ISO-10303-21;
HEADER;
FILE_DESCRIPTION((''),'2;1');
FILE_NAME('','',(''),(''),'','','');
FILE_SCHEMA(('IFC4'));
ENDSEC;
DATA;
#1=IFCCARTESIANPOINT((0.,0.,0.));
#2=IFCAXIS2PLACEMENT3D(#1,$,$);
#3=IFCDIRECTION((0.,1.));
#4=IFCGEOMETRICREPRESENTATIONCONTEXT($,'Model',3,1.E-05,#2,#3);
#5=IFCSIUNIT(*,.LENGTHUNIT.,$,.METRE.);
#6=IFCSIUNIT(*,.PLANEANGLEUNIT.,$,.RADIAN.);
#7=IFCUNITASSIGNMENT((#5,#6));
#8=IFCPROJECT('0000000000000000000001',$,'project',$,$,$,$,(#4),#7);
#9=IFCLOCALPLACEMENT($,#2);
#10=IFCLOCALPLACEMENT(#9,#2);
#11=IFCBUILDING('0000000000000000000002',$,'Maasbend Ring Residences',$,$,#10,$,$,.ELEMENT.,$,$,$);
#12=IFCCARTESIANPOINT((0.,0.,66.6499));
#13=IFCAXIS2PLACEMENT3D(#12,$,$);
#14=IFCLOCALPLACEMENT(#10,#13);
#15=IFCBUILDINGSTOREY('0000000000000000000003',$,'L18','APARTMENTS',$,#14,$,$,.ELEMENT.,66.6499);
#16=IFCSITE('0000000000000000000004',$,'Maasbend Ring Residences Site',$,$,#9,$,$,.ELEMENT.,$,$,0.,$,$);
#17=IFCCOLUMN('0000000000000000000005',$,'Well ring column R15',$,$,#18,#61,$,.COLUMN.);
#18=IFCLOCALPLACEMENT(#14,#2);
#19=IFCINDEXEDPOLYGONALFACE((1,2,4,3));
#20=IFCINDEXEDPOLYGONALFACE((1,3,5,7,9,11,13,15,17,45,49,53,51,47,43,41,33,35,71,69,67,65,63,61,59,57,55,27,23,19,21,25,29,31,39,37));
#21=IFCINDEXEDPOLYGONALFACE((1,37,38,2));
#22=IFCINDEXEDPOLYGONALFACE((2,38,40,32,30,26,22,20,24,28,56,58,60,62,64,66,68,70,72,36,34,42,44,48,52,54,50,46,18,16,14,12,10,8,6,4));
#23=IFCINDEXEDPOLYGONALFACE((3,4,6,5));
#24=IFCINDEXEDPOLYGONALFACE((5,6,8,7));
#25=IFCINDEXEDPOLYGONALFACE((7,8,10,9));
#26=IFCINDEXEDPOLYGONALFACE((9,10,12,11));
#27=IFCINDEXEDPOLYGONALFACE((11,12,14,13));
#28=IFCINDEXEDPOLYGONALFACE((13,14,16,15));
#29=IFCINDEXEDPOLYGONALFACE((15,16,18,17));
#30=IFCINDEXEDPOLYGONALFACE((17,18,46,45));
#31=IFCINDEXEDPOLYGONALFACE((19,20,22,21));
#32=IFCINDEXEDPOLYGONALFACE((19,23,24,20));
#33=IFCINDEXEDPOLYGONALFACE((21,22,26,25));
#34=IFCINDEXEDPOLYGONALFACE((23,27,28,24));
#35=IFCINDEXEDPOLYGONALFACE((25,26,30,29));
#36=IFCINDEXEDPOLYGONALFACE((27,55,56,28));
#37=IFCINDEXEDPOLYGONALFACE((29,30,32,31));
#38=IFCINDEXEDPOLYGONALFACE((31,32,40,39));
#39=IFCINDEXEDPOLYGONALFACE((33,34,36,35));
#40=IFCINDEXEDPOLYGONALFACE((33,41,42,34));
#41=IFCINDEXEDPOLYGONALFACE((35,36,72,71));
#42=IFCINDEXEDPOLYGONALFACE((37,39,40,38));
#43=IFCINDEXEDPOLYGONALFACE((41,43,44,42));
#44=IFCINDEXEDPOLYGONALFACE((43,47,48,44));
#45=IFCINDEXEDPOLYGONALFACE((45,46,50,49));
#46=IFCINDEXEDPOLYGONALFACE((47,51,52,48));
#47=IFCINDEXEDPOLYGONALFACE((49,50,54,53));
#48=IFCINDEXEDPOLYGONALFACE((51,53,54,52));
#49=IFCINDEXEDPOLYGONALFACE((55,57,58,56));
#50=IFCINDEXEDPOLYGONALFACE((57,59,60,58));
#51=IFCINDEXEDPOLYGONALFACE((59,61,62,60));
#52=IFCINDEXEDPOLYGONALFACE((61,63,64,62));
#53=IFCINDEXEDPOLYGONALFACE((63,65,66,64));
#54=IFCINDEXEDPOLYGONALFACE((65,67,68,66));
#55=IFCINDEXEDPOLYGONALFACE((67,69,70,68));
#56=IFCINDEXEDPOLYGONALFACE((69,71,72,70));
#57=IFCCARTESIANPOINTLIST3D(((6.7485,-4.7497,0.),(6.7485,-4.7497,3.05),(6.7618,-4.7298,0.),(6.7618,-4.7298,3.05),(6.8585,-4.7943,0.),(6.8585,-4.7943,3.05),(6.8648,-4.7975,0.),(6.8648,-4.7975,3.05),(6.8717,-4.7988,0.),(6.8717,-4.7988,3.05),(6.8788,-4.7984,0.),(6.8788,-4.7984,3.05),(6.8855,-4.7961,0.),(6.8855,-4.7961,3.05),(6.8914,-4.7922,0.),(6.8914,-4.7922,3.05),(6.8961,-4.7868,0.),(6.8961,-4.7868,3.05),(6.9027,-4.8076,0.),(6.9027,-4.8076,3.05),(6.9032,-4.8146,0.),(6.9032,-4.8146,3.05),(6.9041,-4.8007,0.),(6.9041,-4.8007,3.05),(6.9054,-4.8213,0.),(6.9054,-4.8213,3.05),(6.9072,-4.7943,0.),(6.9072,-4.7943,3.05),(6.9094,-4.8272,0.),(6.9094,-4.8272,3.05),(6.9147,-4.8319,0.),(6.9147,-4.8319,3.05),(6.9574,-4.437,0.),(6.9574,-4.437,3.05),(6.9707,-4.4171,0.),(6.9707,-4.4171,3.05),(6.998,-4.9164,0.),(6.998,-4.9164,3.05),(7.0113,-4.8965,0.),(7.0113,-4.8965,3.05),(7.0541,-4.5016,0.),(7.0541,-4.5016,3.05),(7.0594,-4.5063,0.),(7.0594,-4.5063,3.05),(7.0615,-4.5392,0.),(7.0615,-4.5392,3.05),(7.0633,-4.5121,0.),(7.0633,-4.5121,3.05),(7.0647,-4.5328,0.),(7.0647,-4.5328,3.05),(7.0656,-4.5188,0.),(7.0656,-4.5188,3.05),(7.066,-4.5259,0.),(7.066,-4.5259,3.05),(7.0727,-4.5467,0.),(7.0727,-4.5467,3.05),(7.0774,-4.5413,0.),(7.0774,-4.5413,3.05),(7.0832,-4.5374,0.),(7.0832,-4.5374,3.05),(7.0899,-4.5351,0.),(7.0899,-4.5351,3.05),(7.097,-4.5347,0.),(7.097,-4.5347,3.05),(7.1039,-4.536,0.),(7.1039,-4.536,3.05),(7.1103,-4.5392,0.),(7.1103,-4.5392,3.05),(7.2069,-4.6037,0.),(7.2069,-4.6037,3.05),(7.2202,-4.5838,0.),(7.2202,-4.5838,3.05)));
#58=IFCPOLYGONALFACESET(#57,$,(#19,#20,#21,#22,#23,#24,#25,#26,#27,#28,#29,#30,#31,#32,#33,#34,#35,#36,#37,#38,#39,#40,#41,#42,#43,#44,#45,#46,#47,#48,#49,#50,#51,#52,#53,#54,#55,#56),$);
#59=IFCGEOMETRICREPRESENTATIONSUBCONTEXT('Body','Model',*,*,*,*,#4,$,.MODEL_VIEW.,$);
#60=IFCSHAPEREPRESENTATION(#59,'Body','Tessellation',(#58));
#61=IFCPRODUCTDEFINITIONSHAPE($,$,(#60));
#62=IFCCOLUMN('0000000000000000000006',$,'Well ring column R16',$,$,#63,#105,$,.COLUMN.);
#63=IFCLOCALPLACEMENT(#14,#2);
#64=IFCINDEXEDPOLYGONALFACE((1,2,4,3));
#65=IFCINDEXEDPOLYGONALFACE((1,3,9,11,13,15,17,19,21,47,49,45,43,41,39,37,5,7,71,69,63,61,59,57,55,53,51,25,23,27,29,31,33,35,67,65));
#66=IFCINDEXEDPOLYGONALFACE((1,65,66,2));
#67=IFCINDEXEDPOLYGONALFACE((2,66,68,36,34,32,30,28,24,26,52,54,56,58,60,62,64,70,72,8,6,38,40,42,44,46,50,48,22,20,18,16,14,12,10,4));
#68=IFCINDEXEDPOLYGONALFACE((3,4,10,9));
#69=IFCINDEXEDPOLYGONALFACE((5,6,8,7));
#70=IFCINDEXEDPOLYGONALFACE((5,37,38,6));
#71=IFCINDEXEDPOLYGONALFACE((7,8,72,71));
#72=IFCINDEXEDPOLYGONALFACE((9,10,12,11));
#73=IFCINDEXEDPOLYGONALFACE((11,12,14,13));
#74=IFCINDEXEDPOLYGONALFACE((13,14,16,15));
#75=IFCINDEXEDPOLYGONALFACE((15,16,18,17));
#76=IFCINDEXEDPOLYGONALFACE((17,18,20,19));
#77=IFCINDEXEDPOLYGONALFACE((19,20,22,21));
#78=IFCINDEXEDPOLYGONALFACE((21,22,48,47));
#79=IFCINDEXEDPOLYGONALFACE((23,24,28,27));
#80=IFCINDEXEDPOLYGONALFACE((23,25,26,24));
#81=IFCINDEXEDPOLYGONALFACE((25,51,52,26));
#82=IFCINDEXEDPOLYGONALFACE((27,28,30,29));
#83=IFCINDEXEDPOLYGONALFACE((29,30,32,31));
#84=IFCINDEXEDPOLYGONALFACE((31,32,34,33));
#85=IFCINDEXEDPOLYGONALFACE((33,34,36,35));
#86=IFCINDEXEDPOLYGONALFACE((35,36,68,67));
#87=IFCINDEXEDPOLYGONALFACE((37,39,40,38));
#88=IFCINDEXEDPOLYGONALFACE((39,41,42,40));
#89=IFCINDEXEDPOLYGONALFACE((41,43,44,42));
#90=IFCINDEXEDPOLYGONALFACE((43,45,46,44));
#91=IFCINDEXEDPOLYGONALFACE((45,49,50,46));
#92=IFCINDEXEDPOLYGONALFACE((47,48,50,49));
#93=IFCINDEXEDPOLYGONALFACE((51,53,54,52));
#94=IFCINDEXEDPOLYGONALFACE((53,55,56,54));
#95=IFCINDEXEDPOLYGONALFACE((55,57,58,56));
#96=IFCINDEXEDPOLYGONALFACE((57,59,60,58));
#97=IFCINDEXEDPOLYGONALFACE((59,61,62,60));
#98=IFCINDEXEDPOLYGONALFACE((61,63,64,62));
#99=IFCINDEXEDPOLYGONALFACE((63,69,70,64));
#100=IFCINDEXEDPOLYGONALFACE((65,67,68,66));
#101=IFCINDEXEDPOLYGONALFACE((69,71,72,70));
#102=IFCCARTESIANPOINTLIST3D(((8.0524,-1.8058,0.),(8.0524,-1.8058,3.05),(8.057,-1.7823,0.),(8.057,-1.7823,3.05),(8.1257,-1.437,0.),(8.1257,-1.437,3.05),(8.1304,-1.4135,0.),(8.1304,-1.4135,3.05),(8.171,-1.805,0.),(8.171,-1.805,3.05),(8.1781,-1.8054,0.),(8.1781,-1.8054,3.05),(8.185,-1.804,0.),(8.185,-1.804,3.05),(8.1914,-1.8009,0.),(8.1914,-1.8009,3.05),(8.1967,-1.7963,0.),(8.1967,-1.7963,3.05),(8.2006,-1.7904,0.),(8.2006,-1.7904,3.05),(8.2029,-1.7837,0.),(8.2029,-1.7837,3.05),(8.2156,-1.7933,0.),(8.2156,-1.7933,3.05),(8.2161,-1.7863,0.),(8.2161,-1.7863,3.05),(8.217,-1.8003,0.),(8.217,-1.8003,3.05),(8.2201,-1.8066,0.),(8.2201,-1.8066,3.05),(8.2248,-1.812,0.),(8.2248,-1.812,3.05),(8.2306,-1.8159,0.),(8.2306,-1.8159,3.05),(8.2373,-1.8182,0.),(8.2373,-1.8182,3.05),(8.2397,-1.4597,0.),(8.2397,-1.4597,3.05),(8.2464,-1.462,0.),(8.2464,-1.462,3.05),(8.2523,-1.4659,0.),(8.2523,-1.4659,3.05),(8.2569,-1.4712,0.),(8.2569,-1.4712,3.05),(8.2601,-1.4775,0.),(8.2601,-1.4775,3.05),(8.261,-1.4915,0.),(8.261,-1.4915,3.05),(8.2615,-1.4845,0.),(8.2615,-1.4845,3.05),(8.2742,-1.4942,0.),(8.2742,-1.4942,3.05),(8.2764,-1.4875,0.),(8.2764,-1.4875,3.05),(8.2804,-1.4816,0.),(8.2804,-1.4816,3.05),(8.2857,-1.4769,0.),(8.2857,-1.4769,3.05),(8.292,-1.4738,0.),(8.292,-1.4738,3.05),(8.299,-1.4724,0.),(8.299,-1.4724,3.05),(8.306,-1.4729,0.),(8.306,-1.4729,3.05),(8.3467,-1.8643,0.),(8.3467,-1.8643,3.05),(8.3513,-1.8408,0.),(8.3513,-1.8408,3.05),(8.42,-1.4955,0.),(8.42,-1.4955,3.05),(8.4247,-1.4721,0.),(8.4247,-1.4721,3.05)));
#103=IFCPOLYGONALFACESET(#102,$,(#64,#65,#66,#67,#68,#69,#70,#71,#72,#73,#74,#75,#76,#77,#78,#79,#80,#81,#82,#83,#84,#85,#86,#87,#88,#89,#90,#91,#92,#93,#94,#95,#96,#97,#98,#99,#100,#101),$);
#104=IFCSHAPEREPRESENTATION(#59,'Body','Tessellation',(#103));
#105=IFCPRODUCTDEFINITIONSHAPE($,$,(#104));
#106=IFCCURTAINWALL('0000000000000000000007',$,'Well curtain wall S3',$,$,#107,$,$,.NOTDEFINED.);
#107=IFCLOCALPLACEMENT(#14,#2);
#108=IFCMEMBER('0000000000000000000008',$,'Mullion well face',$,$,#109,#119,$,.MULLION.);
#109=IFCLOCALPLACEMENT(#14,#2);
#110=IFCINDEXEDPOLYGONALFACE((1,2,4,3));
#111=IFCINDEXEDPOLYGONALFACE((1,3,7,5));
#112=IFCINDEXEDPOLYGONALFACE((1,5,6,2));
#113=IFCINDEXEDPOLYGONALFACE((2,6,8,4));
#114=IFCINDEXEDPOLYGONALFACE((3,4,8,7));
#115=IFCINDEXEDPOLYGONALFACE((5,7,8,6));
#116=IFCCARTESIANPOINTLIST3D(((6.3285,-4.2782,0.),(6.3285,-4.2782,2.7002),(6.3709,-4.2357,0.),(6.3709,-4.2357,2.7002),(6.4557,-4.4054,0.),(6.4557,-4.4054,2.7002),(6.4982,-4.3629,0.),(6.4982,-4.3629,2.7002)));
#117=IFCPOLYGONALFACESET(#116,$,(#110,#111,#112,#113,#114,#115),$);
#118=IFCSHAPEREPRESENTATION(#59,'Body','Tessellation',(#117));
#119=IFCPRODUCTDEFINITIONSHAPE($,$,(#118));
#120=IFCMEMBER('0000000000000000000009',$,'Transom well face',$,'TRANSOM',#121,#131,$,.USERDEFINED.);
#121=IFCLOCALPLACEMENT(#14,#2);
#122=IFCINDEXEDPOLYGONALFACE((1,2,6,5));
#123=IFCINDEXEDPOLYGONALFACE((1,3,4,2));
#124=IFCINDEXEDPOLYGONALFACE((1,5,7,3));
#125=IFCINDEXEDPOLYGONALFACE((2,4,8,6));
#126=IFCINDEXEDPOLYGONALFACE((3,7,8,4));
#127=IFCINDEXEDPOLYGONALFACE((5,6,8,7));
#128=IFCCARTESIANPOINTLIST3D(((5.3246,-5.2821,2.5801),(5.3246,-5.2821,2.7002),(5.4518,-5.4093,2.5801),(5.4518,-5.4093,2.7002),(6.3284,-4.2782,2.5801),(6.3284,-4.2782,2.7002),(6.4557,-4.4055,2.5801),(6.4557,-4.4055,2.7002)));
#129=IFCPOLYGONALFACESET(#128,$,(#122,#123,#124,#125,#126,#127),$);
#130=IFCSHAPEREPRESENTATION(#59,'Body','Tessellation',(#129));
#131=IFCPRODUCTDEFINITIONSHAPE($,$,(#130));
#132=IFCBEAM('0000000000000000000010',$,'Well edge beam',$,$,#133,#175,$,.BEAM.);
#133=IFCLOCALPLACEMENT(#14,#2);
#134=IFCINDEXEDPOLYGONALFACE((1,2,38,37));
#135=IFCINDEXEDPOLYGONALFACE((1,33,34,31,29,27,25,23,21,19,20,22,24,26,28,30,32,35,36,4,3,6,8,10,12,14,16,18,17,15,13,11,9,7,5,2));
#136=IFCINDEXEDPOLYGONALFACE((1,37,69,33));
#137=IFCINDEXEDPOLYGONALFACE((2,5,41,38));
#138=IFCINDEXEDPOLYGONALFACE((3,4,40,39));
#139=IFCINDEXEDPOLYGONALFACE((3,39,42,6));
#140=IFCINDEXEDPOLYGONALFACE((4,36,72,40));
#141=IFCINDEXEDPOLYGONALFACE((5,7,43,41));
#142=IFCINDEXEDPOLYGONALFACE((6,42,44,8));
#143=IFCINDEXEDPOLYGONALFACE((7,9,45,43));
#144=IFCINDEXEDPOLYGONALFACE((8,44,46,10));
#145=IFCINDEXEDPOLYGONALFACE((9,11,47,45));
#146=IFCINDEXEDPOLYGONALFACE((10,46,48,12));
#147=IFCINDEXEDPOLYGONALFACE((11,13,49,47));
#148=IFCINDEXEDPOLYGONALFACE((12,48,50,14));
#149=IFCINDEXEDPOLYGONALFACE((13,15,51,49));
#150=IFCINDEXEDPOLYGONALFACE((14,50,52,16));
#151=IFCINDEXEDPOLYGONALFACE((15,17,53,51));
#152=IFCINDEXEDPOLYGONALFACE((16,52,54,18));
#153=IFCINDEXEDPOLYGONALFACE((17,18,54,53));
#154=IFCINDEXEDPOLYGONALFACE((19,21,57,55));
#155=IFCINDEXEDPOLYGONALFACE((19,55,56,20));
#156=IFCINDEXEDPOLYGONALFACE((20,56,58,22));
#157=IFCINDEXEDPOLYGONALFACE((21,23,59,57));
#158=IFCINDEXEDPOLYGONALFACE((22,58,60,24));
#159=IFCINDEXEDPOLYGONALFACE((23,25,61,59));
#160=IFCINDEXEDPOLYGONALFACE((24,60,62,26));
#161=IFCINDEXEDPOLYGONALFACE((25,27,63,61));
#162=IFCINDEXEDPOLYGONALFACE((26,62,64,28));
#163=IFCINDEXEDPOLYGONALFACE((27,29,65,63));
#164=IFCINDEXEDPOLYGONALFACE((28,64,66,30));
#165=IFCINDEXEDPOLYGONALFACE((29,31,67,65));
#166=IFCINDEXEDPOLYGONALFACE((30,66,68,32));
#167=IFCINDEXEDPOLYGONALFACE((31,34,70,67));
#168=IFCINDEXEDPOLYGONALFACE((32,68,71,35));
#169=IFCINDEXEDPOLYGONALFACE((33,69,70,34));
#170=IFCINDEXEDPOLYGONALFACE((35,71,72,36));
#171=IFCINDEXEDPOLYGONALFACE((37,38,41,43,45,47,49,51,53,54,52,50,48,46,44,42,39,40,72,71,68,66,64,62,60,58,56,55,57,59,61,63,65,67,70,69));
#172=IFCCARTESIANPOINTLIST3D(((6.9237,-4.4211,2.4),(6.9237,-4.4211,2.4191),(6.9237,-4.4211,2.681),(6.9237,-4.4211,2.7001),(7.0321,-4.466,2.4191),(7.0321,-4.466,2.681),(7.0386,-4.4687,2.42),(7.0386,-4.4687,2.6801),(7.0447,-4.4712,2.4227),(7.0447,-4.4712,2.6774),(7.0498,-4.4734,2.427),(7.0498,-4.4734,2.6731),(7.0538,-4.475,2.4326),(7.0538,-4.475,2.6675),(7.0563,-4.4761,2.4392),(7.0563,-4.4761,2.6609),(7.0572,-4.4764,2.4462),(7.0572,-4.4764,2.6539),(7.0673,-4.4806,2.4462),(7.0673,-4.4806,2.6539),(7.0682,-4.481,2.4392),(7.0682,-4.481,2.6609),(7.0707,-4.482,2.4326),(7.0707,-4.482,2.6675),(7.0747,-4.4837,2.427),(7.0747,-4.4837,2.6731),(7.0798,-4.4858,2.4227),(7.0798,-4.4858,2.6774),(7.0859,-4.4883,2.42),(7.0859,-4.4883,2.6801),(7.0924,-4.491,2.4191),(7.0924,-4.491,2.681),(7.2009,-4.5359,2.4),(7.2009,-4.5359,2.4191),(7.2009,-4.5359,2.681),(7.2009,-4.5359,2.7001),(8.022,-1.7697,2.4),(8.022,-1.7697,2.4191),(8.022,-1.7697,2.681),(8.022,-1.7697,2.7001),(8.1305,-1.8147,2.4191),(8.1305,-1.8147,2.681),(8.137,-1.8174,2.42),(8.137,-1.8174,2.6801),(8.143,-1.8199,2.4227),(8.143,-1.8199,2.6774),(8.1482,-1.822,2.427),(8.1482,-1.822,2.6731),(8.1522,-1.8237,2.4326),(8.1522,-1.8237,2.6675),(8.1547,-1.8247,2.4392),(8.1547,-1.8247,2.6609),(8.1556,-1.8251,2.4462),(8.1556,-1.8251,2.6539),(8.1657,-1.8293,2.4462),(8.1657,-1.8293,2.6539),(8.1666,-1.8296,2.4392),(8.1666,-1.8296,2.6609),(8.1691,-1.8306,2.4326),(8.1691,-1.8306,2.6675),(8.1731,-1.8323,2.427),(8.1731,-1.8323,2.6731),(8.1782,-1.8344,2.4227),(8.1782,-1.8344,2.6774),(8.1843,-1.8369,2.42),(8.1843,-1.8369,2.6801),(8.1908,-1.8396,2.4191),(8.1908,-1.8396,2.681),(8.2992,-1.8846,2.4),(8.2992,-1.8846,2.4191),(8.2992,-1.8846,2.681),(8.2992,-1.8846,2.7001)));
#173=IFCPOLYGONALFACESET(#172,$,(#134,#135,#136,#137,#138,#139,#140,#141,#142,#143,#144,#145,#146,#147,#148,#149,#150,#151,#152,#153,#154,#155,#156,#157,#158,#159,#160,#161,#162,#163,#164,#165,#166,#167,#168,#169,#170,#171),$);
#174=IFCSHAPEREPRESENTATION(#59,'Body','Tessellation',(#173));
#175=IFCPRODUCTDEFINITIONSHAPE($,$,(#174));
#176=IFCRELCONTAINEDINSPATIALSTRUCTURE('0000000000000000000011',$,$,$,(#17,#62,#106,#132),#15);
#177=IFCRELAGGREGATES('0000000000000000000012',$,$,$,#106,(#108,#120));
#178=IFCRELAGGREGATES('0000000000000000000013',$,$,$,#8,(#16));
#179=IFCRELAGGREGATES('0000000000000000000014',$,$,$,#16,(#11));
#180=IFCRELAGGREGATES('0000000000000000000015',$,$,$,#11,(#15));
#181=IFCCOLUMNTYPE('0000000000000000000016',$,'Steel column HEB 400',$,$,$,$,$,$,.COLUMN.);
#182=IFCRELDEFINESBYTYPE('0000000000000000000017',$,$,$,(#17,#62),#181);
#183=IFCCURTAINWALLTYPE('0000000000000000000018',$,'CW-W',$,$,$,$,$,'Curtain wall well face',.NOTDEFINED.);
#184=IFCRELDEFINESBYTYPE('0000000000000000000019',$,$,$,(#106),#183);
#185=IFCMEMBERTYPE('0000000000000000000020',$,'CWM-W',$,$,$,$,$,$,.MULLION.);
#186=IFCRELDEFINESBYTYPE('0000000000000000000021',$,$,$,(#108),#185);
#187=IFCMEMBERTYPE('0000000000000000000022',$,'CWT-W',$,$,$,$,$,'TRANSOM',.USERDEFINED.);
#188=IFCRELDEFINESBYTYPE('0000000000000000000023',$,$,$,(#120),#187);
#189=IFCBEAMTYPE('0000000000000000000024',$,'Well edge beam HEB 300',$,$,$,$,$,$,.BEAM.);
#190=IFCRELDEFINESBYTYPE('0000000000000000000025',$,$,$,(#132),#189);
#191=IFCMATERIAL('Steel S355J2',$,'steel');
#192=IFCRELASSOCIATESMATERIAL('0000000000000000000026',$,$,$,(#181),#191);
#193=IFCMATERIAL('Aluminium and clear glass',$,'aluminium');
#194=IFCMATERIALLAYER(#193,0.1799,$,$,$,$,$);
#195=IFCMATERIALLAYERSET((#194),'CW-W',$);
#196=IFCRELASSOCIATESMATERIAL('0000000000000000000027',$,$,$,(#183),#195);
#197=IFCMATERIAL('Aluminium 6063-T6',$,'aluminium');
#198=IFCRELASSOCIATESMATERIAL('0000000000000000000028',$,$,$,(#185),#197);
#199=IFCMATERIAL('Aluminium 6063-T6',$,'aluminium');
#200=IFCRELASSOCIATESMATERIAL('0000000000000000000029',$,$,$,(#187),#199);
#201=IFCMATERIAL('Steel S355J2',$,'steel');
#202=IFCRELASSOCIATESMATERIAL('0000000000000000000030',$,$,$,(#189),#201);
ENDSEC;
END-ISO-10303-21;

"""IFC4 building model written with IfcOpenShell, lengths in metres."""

from ifc_helpers import new_model, si_unit, direction, frame, origin, origin_2d, place, context, subcontext, project, spatial, rectangle, i_section, extrude, material, layer, layer_set, material_profile, profile_set, type_object, element, aggregate, save


model = new_model("IFC4")

# Units and contexts
model_context = context("Model", 3, precision=1e-05, world=origin(), true_north=direction((0.0, 1.0)))
body_context = subcontext(model_context, "Body", "Model", "MODEL_VIEW")
ifc_project = project(units=[si_unit("LENGTHUNIT", "METRE"), si_unit("PLANEANGLEUNIT", "RADIAN")], contexts=[model_context])

# Site, building, storey
site_placement = place(None, origin())
site = spatial("IfcSite", under=ifc_project, at=site_placement, Name="Maasbend Ring Residences Site", CompositionType="ELEMENT", RefElevation=0.0)
building_placement = place(site_placement, origin())
building = spatial("IfcBuilding", under=site, at=building_placement, Name="Maasbend Ring Residences", CompositionType="ELEMENT")
storey_placement = place(building_placement, frame((0.0, 0.0, 66.6499)))
storey = spatial("IfcBuildingStorey", under=building, at=storey_placement, Name="L18", Description="APARTMENTS", CompositionType="ELEMENT", Elevation=66.6499)

# Columns
ifc_material_1 = material(Name="Steel S355J2", Category="steel")
ifc_material_profile_1 = material_profile(ifc_material_1, i_section(OverallWidth=0.3, OverallDepth=0.3999, WebThickness=0.0134, FlangeThickness=0.0239, FilletRadius=0.0271, at=origin_2d()), Name="HEB 400")
ifc_profile_set_1 = profile_set([ifc_material_profile_1], Name="Steel S355J2")
column_type = type_object("IfcColumnType", Name="Steel column HEB 400", PredefinedType="COLUMN", material=ifc_profile_set_1)
for number, where, z_axis, x_axis, name in (
    (1, (6.9844, -4.6667, 0.0), (0.0, 0.0, 1.0), (0.83147, -0.55557, 0.0), "Well ring column R15"),
    (2, (8.2385, -1.6389, 0.0), (0.0, 0.0, 1.0), (0.980785, -0.19509, 0.0), "Well ring column R16"),
):
    element("IfcColumn", number, at=place(storey_placement, frame(where, z_axis=z_axis, x_axis=x_axis)), inside=storey, type_object=column_type, Name=name, PredefinedType="COLUMN", context=body_context, shape_type="SweptSolid", body=[
        extrude(i_section(OverallWidth=0.3, OverallDepth=0.3999, WebThickness=0.0134, FlangeThickness=0.0239, FilletRadius=0.0271, at=origin_2d()), origin(), (0.0, 0.0, 1.0), 3.05),
    ])

# Curtain wall, members
ifc_material_2 = material(Name="Aluminium and clear glass", Category="aluminium")
ifc_layer_1 = layer(ifc_material_2, 0.1799)
ifc_layer_set_1 = layer_set([ifc_layer_1], Name="CW-W")
curtain_wall_type = type_object("IfcCurtainWallType", Name="CW-W", ElementType="Curtain wall well face", PredefinedType="NOTDEFINED", material=ifc_layer_set_1)
curtain_wall_placement = place(storey_placement, origin())
curtain_wall = element("IfcCurtainWall", 3, at=curtain_wall_placement, inside=storey, type_object=curtain_wall_type, Name="Well curtain wall S3", PredefinedType="NOTDEFINED")
ifc_material_3 = material(Name="Aluminium 6063-T6", Category="aluminium")
ifc_material_profile_2 = material_profile(ifc_material_3, rectangle(XDim=0.1799, YDim=0.0601, at=origin_2d()), Name="AL 180x60")
ifc_profile_set_2 = profile_set([ifc_material_profile_2], Name="Aluminium 6063-T6")
member_type_1 = type_object("IfcMemberType", Name="CWM-W", PredefinedType="MULLION", material=ifc_profile_set_2)
member_1_placement = place(storey_placement, frame((6.4133, -4.3206, 0.0), z_axis=(0.0, 0.0, 1.0), x_axis=(-0.707107, 0.707107, 0.0)))
member_1 = element("IfcMember", 4, at=member_1_placement, type_object=member_type_1, Name="Mullion well face", PredefinedType="MULLION", context=body_context, shape_type="SweptSolid", body=[
    extrude(rectangle(XDim=0.1799, YDim=0.0601, at=origin_2d()), origin(), (0.0, 0.0, 1.0), 2.7002),
])
ifc_material_4 = material(Name="Aluminium 6063-T6", Category="aluminium")
ifc_material_profile_3 = material_profile(ifc_material_4, rectangle(XDim=0.1799, YDim=0.1201, at=origin_2d()), Name="AL 180x120")
ifc_profile_set_3 = profile_set([ifc_material_profile_3], Name="Aluminium 6063-T6")
member_type_2 = type_object("IfcMemberType", Name="CWT-W", ElementType="TRANSOM", PredefinedType="USERDEFINED", material=ifc_profile_set_3)
member_2_placement = place(storey_placement, frame((5.3882, -5.3457, 2.6401), z_axis=(0.707107, 0.707107, 0.0), x_axis=(-0.707107, 0.707107, 0.0)))
member_2 = element("IfcMember", 5, at=member_2_placement, type_object=member_type_2, Name="Transom well face", ObjectType="TRANSOM", PredefinedType="USERDEFINED", context=body_context, shape_type="SweptSolid", body=[
    extrude(rectangle(XDim=0.1799, YDim=0.1201, at=origin_2d()), origin(), (0.0, 0.0, 1.0), 1.4197),
])

# Beam
ifc_material_5 = material(Name="Steel S355J2", Category="steel")
ifc_material_profile_4 = material_profile(ifc_material_5, i_section(OverallWidth=0.3, OverallDepth=0.3, WebThickness=0.011, FlangeThickness=0.019, FilletRadius=0.0271, at=origin_2d()), Name="HEB 300")
ifc_profile_set_4 = profile_set([ifc_material_profile_4], Name="Steel S355J2")
beam_type = type_object("IfcBeamType", Name="Well edge beam HEB 300", PredefinedType="BEAM", material=ifc_profile_set_4)
beam_1_placement = place(storey_placement, frame((7.0623, -4.4785, 2.55), z_axis=(0.38273, 0.92386, 0.0), x_axis=(-0.92386, 0.38273, 0.0)))
element("IfcBeam", 6, at=beam_1_placement, inside=storey, type_object=beam_type, Name="Well edge beam", PredefinedType="BEAM", context=body_context, shape_type="SweptSolid", body=[
    extrude(i_section(OverallWidth=0.3, OverallDepth=0.3, WebThickness=0.011, FlangeThickness=0.019, FilletRadius=0.0271, at=origin_2d()), origin(), (0.0, 0.0, 1.0), 2.8699),
])

aggregate(curtain_wall, [member_1, member_2])

save(model, "model.ifc")
